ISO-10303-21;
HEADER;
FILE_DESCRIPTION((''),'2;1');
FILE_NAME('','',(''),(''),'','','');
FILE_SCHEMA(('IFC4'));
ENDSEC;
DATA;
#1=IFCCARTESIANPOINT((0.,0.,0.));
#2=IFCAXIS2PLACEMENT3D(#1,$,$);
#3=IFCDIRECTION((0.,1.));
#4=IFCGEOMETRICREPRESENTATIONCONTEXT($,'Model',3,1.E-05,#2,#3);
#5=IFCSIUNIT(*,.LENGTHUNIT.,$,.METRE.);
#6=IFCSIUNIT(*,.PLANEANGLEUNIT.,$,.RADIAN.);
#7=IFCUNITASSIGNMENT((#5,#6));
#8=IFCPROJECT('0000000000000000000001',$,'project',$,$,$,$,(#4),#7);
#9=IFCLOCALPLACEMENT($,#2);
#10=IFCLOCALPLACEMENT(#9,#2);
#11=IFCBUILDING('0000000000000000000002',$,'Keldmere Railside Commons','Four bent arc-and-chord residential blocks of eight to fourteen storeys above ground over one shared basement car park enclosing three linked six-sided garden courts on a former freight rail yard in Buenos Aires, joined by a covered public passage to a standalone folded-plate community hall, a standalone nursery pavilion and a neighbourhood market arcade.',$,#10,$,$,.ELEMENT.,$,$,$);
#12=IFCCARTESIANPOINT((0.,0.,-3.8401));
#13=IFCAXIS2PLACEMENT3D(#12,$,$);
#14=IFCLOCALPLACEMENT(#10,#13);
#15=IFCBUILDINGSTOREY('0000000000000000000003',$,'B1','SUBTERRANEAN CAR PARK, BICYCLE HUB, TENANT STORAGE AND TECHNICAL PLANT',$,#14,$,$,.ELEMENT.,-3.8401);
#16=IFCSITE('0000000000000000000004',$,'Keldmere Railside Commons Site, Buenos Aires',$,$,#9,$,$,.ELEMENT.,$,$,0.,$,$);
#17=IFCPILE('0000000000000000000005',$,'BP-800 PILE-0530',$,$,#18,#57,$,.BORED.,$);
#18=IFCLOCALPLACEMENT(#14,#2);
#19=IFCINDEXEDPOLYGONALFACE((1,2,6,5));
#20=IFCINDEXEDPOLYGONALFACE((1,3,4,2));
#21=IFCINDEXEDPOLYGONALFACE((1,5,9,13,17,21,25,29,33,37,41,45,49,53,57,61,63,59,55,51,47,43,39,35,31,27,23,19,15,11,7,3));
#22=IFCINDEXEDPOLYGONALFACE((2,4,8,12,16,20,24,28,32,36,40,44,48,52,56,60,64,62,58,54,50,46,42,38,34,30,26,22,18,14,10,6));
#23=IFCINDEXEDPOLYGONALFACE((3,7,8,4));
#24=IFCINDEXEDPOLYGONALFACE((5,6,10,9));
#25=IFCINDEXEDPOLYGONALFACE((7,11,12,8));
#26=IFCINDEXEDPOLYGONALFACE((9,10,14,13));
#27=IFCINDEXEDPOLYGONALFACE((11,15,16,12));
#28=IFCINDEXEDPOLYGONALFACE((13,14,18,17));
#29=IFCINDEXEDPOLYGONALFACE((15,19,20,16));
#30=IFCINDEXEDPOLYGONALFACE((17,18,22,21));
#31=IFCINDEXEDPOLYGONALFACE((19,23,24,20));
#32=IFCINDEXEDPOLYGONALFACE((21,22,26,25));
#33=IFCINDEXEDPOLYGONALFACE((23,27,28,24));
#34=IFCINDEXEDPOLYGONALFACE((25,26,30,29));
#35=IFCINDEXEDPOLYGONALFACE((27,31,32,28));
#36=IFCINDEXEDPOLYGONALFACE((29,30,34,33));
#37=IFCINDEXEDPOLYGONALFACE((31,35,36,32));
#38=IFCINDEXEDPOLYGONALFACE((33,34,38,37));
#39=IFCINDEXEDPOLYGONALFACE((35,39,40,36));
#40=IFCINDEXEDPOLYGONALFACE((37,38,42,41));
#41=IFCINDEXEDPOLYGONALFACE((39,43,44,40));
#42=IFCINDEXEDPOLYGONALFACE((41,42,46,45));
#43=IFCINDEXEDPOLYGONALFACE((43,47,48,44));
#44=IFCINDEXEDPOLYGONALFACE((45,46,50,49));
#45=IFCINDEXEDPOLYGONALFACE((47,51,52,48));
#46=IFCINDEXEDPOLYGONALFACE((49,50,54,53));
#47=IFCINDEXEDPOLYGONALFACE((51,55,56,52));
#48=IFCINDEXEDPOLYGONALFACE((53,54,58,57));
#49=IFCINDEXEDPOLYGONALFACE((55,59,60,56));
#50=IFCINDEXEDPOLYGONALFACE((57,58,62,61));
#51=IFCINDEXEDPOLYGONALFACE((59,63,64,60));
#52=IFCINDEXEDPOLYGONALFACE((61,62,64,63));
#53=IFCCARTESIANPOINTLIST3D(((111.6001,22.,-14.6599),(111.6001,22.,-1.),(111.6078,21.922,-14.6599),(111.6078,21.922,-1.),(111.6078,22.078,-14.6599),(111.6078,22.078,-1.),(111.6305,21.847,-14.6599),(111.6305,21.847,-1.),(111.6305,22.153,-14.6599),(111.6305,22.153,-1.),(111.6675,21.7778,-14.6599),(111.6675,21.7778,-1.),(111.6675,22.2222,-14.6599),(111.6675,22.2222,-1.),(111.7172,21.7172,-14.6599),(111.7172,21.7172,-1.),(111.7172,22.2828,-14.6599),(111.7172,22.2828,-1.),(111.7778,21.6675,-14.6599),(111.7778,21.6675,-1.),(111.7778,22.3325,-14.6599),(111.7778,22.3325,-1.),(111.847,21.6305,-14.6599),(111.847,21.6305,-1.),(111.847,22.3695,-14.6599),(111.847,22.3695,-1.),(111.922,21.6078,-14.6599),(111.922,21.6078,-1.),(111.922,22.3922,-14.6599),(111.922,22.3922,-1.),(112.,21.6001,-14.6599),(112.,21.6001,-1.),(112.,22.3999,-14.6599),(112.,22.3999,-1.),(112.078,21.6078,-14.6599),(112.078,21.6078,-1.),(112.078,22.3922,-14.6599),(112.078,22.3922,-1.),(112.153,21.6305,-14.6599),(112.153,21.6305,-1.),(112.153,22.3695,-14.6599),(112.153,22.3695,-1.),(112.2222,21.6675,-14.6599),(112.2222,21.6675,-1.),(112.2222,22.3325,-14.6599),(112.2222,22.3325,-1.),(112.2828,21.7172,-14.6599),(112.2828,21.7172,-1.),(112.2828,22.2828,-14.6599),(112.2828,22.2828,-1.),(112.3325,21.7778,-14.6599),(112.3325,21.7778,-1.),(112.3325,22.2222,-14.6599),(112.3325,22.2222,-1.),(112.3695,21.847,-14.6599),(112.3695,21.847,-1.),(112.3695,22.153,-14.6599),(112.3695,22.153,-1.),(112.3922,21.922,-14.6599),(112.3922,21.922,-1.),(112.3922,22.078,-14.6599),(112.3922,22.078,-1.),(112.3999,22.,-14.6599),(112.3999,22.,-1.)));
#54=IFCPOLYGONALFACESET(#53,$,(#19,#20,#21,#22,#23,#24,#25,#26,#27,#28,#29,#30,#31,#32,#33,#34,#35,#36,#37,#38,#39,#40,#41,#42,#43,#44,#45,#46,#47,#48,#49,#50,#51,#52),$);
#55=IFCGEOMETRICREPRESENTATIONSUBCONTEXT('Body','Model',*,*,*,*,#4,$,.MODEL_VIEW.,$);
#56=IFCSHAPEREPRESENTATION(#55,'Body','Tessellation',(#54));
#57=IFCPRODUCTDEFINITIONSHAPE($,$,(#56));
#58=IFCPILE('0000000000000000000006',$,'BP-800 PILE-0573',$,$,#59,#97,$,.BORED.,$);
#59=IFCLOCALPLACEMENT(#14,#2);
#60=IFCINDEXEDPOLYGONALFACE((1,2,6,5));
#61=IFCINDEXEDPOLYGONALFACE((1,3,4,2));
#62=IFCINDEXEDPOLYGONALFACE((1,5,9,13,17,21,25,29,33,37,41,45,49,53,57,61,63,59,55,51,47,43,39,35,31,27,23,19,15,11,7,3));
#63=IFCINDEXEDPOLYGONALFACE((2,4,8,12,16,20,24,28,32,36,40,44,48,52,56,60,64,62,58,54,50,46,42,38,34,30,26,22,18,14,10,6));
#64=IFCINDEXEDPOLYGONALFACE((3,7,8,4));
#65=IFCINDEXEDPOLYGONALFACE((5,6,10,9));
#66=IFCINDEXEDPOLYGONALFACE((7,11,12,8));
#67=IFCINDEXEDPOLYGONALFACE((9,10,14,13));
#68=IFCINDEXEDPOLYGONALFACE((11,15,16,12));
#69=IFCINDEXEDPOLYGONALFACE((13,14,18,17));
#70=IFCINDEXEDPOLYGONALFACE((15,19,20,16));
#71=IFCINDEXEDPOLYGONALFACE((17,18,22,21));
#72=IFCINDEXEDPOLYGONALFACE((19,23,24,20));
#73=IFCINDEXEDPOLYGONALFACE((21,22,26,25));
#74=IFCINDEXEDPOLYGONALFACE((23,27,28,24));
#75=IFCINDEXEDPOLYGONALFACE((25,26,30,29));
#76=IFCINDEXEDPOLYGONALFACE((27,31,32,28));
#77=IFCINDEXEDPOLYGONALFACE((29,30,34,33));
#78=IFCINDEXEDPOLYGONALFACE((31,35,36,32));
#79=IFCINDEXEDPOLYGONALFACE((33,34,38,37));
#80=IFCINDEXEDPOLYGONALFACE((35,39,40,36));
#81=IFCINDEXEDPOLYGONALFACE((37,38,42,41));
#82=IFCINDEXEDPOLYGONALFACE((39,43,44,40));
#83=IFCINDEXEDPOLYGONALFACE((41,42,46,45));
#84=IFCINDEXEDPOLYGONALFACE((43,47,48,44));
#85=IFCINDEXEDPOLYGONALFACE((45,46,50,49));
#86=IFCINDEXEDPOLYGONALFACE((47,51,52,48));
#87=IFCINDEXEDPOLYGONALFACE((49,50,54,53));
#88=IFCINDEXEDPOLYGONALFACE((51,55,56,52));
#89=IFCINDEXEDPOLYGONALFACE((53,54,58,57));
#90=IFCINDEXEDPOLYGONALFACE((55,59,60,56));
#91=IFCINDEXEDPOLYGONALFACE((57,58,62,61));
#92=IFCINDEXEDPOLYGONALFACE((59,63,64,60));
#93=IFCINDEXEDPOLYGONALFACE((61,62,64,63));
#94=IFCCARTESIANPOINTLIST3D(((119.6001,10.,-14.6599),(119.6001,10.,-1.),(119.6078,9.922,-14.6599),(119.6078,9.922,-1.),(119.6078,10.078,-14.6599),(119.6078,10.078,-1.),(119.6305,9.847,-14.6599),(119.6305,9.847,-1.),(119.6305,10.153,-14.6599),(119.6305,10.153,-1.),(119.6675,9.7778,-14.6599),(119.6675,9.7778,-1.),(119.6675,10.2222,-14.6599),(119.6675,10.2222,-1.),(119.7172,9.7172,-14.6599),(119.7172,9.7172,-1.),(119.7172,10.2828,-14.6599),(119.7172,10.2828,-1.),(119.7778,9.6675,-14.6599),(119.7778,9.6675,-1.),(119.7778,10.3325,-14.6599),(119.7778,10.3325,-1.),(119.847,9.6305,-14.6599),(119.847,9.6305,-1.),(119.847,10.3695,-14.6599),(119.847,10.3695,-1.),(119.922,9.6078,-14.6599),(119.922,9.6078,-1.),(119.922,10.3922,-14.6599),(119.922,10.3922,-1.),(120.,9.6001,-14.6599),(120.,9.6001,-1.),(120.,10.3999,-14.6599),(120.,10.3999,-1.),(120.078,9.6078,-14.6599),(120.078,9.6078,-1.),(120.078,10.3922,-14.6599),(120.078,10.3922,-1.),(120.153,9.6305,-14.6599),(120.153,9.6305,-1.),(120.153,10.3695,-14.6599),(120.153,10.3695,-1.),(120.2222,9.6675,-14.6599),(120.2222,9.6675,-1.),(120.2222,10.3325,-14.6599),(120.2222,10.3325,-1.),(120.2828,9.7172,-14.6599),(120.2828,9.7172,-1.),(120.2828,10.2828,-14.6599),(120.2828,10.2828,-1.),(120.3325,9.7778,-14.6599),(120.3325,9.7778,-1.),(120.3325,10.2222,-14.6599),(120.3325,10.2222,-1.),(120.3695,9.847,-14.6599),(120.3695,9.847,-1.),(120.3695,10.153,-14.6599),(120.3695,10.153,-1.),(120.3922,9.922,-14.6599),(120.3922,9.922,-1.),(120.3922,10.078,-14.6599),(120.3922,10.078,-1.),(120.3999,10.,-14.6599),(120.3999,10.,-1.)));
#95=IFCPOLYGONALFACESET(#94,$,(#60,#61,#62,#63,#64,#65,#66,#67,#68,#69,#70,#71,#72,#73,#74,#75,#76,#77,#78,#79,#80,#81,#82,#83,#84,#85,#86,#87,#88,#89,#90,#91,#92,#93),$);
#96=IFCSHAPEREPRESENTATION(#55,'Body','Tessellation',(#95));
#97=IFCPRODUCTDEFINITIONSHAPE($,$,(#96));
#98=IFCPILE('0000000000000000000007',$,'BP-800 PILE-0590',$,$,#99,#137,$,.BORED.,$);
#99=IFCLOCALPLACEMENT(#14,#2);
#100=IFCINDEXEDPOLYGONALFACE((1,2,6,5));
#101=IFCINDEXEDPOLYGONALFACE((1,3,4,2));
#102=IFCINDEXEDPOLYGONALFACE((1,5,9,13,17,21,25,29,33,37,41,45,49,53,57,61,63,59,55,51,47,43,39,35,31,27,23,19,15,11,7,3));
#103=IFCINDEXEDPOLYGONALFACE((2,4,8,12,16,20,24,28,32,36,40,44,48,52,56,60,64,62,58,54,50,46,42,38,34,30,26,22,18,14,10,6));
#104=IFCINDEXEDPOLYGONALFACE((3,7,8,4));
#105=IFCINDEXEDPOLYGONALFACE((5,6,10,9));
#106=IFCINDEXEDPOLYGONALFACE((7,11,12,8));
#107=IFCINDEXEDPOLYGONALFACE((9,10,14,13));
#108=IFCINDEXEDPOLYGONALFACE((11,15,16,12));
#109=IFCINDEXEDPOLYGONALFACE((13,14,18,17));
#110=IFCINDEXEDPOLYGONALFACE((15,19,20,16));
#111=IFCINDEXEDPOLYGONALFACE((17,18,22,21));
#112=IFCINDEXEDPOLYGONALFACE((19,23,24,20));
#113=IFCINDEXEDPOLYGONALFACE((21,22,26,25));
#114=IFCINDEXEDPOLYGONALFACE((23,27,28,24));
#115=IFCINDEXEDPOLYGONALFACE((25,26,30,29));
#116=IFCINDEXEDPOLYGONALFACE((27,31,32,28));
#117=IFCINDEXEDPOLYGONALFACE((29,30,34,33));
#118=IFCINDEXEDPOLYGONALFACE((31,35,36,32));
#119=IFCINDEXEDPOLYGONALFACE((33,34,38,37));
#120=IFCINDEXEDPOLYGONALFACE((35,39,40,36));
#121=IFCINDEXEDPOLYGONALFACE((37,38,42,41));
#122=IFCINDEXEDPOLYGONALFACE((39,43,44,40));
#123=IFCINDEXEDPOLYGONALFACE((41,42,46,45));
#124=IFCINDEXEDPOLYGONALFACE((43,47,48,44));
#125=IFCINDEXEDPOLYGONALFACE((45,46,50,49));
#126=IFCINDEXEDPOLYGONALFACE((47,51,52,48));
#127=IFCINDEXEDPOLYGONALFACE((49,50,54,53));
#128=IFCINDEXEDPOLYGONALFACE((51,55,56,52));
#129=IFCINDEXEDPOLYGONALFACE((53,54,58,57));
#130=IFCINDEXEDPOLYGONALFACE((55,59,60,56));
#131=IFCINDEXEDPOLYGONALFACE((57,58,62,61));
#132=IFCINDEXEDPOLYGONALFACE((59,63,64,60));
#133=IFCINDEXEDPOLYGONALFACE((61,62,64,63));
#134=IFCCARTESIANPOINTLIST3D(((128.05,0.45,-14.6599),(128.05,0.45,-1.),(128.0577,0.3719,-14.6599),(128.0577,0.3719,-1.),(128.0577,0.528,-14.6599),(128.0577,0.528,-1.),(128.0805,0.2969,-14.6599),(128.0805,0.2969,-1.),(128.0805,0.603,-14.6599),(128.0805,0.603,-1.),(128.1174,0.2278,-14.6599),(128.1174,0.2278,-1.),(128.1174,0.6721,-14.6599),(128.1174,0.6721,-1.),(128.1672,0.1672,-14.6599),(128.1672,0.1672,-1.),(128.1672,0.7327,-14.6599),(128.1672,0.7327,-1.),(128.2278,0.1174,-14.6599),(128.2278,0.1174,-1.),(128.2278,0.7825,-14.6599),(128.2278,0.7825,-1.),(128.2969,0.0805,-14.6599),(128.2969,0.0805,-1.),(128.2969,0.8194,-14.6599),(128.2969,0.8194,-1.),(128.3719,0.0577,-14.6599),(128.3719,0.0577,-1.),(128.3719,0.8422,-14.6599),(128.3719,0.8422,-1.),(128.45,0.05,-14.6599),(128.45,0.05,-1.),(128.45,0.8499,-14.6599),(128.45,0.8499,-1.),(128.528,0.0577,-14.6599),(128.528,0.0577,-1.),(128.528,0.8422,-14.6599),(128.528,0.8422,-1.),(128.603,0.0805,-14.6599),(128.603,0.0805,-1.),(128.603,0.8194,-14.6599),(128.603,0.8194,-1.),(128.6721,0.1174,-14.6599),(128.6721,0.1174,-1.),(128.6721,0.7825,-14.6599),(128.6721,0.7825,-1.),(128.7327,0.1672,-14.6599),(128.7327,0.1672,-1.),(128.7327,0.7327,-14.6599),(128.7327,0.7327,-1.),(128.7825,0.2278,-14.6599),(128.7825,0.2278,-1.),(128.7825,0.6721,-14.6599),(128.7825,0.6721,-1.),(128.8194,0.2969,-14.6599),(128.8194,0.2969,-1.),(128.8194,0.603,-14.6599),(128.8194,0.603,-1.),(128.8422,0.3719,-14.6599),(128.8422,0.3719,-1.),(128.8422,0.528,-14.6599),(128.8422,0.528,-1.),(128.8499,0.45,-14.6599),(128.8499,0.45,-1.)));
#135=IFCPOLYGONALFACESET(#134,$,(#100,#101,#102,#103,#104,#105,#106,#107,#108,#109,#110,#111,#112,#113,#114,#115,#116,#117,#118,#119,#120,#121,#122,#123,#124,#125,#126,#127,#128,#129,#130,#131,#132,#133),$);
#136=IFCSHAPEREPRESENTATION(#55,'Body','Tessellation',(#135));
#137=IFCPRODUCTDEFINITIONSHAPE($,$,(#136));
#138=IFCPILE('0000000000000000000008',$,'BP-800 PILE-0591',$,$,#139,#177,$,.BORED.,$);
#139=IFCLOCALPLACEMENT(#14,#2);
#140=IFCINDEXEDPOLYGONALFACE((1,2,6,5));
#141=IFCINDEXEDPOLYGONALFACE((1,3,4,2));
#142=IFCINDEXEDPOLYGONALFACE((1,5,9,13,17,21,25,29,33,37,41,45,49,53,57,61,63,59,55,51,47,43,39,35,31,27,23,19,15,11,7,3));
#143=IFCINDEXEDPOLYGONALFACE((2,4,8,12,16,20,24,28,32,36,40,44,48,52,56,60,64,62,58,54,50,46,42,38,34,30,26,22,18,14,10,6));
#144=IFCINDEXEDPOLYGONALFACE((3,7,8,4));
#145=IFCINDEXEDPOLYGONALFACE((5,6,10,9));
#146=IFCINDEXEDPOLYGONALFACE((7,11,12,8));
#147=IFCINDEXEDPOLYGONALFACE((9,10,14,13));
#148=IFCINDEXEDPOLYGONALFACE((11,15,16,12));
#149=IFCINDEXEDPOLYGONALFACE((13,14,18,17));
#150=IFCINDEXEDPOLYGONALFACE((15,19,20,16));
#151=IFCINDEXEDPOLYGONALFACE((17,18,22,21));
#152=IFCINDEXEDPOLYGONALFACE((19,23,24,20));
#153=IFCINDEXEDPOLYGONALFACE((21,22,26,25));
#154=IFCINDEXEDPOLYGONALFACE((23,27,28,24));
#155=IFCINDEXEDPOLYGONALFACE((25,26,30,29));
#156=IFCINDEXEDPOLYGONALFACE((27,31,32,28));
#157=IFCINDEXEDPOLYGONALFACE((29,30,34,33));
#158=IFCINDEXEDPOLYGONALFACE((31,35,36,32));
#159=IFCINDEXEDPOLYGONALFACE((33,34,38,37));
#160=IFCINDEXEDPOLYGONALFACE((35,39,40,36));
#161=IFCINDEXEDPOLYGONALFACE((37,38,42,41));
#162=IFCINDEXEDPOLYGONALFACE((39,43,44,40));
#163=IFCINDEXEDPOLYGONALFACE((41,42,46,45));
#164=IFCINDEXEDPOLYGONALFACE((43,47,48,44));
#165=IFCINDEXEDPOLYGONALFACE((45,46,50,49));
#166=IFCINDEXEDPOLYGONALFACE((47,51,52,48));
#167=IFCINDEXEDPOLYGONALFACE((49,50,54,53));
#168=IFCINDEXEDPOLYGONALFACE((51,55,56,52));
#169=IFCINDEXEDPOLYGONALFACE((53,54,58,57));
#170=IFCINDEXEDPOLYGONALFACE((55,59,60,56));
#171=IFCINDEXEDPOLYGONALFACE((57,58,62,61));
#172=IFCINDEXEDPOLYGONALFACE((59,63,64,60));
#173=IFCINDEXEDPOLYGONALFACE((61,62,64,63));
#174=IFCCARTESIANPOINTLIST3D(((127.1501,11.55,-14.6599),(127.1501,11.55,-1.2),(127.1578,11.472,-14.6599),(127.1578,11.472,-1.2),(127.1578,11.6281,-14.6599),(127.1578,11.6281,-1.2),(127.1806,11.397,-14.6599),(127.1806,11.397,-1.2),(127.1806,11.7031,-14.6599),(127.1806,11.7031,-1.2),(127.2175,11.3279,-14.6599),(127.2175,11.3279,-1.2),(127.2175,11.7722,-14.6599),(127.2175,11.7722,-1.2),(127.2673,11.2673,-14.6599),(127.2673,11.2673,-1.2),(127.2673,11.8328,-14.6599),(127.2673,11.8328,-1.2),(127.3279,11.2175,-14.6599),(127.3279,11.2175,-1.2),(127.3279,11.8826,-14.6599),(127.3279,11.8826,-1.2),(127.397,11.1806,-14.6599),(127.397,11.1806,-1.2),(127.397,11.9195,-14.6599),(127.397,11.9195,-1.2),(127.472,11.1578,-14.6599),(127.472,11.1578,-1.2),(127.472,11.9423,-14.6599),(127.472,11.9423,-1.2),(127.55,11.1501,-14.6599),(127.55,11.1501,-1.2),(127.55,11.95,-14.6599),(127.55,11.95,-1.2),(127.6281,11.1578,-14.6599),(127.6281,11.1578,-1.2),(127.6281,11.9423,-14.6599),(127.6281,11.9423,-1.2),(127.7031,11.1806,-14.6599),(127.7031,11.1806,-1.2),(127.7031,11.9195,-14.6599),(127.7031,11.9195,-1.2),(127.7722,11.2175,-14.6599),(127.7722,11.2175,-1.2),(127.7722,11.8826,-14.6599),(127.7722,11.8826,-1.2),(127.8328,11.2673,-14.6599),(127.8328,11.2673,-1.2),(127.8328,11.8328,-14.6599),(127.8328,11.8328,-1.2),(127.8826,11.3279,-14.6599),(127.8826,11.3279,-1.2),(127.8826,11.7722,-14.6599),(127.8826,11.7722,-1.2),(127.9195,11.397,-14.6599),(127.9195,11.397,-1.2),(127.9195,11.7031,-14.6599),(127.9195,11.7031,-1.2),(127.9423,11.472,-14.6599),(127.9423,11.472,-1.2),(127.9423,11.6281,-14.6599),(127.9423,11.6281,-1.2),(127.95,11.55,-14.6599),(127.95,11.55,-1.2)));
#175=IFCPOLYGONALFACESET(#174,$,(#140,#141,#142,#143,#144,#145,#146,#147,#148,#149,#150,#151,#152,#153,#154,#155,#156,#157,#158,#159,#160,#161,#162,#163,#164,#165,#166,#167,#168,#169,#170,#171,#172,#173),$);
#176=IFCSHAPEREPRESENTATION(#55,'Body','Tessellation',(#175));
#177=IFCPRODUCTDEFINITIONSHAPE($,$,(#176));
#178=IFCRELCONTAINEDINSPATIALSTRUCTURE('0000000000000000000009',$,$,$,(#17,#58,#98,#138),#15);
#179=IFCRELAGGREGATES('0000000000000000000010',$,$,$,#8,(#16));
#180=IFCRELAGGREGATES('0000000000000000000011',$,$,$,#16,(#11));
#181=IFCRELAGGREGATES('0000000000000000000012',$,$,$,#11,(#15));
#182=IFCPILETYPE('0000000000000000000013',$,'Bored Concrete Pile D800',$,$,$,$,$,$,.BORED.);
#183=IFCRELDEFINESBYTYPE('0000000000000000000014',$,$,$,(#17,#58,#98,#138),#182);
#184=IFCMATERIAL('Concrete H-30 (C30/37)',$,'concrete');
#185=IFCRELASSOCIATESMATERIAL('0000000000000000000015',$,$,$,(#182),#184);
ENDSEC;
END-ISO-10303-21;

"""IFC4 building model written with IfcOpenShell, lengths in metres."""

from ifc_helpers import new_model, si_unit, direction, frame, origin, origin_2d, place, context, subcontext, project, spatial, circle, extrude, material, material_profile, profile_set, type_object, element, save


model = new_model("IFC4")

# Units and contexts
model_context = context("Model", 3, precision=1e-05, world=origin(), true_north=direction((0.0, 1.0)))
body_context = subcontext(model_context, "Body", "Model", "MODEL_VIEW")
ifc_project = project(units=[si_unit("LENGTHUNIT", "METRE"), si_unit("PLANEANGLEUNIT", "RADIAN")], contexts=[model_context])

# Site, building, storey
site_placement = place(None, origin())
site = spatial("IfcSite", under=ifc_project, at=site_placement, Name="Keldmere Railside Commons Site, Buenos Aires", CompositionType="ELEMENT", RefElevation=0.0)
building_placement = place(site_placement, origin())
building = spatial("IfcBuilding", under=site, at=building_placement, Name="Keldmere Railside Commons", Description="Four bent arc-and-chord residential blocks of eight to fourteen storeys above ground over one shared basement car park enclosing three linked six-sided garden courts on a former freight rail yard in Buenos Aires, joined by a covered public passage to a standalone folded-plate community hall, a standalone nursery pavilion and a neighbourhood market arcade.", CompositionType="ELEMENT")
storey_placement = place(building_placement, frame((0.0, 0.0, -3.8401)))
storey = spatial("IfcBuildingStorey", under=building, at=storey_placement, Name="B1", Description="SUBTERRANEAN CAR PARK, BICYCLE HUB, TENANT STORAGE AND TECHNICAL PLANT", CompositionType="ELEMENT", Elevation=-3.8401)

# Piles
ifc_material_1 = material(Name="Concrete H-30 (C30/37)", Category="concrete")
ifc_material_profile_1 = material_profile(ifc_material_1, circle(Radius=0.3999, at=origin_2d()), Name="PILE-D800")
ifc_profile_set_1 = profile_set([ifc_material_profile_1], Name="Concrete H-30 (C30/37)")
pile_type = type_object("IfcPileType", Name="Bored Concrete Pile D800", PredefinedType="BORED", material=ifc_profile_set_1)
for number, where, z_axis, x_axis, name in (
    (1, (112.0, 22.0, -1.0), (0.0, 0.0, -1.0), (1.0, 0.0, 0.0), "BP-800 PILE-0530"),
    (2, (120.0, 10.0, -1.0), (0.0, 0.0, -1.0), (1.0, 0.0, 0.0), "BP-800 PILE-0573"),
    (3, (128.45, 0.45, -1.0), (0.0, 0.0, -1.0), (1.0, 0.0, 0.0), "BP-800 PILE-0590"),
):
    element("IfcPile", number, at=place(storey_placement, frame(where, z_axis=z_axis, x_axis=x_axis)), inside=storey, type_object=pile_type, Name=name, PredefinedType="BORED", context=body_context, shape_type="SweptSolid", body=[
        extrude(circle(Radius=0.3999, at=origin_2d()), origin(), (0.0, 0.0, 1.0), 13.6599),
    ])
for number, where, z_axis, x_axis, name in (
    (4, (127.55, 11.55, -1.2), (0.0, 0.0, -1.0), (1.0, 0.0, 0.0), "BP-800 PILE-0591"),
):
    element("IfcPile", number, at=place(storey_placement, frame(where, z_axis=z_axis, x_axis=x_axis)), inside=storey, type_object=pile_type, Name=name, PredefinedType="BORED", context=body_context, shape_type="SweptSolid", body=[
        extrude(circle(Radius=0.3999, at=origin_2d()), origin(), (0.0, 0.0, 1.0), 13.46),
    ])

save(model, "model.ifc")
